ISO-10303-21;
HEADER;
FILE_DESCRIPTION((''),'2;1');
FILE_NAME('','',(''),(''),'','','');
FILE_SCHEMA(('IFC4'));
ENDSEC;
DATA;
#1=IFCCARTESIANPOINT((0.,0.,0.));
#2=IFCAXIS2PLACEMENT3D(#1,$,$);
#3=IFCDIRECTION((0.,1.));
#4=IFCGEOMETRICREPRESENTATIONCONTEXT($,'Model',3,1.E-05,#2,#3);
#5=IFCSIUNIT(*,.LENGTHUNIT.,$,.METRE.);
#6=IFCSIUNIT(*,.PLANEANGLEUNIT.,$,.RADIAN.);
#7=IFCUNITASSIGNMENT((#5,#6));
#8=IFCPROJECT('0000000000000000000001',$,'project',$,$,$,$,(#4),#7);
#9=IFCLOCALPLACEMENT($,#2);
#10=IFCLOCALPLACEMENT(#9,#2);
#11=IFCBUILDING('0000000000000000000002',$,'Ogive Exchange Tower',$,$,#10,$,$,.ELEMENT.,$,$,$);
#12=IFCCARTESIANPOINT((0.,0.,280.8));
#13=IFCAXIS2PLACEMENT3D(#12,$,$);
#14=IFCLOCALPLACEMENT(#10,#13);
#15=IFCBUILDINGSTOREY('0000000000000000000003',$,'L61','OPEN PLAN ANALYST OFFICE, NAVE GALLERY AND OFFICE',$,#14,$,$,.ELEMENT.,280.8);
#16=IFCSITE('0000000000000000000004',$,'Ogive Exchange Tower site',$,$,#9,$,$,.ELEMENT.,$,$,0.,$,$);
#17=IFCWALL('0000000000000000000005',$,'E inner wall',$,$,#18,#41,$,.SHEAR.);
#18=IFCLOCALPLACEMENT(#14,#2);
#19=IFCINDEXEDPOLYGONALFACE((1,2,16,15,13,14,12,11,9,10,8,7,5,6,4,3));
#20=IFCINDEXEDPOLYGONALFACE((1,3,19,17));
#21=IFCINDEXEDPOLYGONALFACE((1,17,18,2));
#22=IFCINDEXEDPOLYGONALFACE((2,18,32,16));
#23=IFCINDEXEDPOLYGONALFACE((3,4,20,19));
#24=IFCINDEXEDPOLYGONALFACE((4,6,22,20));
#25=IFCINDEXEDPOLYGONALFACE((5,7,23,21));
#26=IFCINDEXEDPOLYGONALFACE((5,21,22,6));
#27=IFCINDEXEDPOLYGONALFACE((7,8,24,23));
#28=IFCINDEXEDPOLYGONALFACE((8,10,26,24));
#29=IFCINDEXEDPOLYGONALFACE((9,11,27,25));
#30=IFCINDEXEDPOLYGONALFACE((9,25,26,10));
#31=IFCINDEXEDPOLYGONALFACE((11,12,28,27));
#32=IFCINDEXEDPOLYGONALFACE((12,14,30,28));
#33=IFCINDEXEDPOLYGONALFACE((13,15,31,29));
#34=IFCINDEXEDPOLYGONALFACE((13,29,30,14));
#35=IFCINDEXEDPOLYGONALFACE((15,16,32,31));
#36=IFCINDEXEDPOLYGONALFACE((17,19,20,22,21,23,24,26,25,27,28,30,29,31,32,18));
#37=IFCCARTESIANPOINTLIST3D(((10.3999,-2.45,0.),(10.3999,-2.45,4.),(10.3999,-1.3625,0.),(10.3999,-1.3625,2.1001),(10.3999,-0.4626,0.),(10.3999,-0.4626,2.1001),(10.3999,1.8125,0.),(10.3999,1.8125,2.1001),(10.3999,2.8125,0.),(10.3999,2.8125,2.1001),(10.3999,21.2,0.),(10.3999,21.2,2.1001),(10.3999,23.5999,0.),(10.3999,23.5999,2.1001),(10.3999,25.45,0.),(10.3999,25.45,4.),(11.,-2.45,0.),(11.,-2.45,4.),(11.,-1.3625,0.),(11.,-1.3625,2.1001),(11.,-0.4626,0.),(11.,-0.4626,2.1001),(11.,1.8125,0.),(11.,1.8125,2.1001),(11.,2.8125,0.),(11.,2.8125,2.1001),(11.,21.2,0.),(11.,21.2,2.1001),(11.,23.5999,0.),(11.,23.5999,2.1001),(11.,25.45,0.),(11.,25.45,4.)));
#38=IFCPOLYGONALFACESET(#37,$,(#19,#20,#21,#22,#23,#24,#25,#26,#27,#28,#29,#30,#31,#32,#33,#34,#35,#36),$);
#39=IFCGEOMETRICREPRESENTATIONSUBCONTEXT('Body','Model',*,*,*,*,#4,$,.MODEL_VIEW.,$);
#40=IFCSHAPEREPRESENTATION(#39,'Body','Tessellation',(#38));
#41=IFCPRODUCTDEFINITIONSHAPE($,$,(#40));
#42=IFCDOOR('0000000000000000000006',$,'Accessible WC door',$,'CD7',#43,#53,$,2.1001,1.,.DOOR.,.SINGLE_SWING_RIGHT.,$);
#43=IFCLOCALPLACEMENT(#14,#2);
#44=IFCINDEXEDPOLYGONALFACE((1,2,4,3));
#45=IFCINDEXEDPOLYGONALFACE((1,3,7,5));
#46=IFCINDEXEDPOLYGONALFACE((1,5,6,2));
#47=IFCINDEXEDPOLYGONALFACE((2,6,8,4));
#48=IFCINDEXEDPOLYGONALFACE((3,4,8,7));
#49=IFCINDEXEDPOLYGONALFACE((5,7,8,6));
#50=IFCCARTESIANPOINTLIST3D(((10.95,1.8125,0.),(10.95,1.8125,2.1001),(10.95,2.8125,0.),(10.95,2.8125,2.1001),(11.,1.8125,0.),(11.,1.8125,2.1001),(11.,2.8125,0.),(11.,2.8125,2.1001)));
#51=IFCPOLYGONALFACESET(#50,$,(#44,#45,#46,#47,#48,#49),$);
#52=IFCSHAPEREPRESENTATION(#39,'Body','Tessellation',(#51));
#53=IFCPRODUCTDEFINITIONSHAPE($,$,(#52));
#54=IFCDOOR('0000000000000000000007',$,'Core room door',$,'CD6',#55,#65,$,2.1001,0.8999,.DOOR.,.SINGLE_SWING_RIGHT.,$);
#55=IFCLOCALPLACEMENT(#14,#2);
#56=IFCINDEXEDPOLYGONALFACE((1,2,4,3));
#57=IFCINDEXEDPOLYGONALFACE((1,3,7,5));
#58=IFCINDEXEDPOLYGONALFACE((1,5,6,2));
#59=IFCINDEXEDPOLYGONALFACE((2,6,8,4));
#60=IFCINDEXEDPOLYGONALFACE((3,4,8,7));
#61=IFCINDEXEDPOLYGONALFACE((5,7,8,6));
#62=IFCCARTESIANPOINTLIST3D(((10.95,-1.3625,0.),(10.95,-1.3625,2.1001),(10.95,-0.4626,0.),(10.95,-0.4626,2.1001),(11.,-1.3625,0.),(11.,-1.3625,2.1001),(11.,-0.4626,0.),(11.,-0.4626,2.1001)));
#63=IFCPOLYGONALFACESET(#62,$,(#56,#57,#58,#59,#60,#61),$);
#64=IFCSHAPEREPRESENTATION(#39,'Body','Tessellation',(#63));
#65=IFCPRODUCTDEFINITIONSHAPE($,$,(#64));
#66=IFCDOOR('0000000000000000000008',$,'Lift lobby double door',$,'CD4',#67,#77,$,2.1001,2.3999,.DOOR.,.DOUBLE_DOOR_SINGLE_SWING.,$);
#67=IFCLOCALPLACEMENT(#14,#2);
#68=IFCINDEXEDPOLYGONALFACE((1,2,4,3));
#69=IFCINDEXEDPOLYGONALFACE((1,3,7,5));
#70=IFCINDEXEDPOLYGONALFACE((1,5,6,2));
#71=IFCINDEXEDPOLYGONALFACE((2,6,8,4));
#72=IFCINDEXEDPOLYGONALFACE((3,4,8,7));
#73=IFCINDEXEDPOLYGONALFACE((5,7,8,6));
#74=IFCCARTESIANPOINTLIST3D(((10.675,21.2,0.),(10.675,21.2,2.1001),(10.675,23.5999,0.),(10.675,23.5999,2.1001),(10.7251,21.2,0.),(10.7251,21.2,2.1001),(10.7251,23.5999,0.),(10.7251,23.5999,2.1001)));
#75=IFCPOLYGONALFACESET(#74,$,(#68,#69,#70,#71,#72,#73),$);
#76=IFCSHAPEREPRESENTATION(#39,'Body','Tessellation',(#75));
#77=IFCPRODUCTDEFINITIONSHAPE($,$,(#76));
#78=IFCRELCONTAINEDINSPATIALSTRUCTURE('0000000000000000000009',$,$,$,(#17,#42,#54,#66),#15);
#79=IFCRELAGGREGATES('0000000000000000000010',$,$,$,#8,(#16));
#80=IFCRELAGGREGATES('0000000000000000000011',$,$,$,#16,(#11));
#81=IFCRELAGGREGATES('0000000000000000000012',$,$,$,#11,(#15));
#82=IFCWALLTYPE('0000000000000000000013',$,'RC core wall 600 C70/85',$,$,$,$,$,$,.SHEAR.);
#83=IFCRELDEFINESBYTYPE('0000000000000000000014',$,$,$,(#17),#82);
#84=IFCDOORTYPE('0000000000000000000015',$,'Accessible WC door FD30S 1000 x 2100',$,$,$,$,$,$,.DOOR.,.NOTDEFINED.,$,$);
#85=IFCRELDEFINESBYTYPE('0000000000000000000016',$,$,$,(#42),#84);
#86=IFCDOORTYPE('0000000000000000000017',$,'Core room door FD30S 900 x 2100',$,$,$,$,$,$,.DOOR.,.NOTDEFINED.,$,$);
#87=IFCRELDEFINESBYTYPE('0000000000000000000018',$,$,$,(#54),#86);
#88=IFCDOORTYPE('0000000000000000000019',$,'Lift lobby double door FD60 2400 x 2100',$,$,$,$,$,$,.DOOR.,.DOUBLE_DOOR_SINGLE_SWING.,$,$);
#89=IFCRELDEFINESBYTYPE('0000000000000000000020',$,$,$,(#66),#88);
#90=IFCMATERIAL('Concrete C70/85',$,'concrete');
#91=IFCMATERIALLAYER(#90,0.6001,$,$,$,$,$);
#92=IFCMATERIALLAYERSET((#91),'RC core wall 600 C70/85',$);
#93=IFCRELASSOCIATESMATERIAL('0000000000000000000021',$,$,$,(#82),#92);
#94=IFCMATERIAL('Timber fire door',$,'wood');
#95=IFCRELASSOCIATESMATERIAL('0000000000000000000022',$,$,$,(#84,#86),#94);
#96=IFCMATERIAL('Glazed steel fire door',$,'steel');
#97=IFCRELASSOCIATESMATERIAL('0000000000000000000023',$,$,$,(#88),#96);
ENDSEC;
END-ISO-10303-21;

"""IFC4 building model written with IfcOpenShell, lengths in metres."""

from ifc_helpers import new_model, si_unit, direction, frame, frame_2d, origin, place, context, subcontext, project, spatial, rectangle, extrude, material, layer, layer_set, type_object, element, fill, save


model = new_model("IFC4")

# Units and contexts
model_context = context("Model", 3, precision=1e-05, world=origin(), true_north=direction((0.0, 1.0)))
body_context = subcontext(model_context, "Body", "Model", "MODEL_VIEW")
ifc_project = project(units=[si_unit("LENGTHUNIT", "METRE"), si_unit("PLANEANGLEUNIT", "RADIAN")], contexts=[model_context])

# Site, building, storey
site_placement = place(None, origin())
site = spatial("IfcSite", under=ifc_project, at=site_placement, Name="Ogive Exchange Tower site", CompositionType="ELEMENT", RefElevation=0.0)
building_placement = place(site_placement, origin())
building = spatial("IfcBuilding", under=site, at=building_placement, Name="Ogive Exchange Tower", CompositionType="ELEMENT")
storey_placement = place(building_placement, frame((0.0, 0.0, 280.8)))
storey = spatial("IfcBuildingStorey", under=building, at=storey_placement, Name="L61", Description="OPEN PLAN ANALYST OFFICE, NAVE GALLERY AND OFFICE", CompositionType="ELEMENT", Elevation=280.8)

# Shared definitions
ifc_material_1 = material(Name="Concrete C70/85", Category="concrete")

# Wall, openings, doors
ifc_layer_1 = layer(ifc_material_1, 0.6001)
ifc_layer_set_1 = layer_set([ifc_layer_1], Name="RC core wall 600 C70/85")
wall_type_1 = type_object("IfcWallType", Name="RC core wall 600 C70/85", PredefinedType="SHEAR", material=ifc_layer_set_1)
wall_1_placement = place(storey_placement, frame((10.7, -2.45, 0.0), z_axis=(0.0, 0.0, 1.0), x_axis=(0.0, 1.0, 0.0)))
wall_1 = element("IfcWall", 1, at=wall_1_placement, inside=storey, type_object=wall_type_1, Name="E inner wall", PredefinedType="SHEAR", context=body_context, shape_type="SweptSolid", body=[
    extrude(rectangle(XDim=27.8999, YDim=0.6001, at=frame_2d((13.95, 0.0))), origin(), (0.0, 0.0, 1.0), 4.0),
])
opening_1_placement = place(wall_1_placement, frame((23.6499, 0.0, 0.0)))
opening_1 = element("IfcOpeningElement", 2, at=opening_1_placement, cuts=wall_1, PredefinedType="OPENING", context=body_context, shape_type="SweptSolid", body=[
    extrude(rectangle(XDim=2.3999, YDim=2.1001, at=frame_2d((1.2, 1.05))), frame((0.0, 0.3101, 0.0), z_axis=(0.0, -1.0, 0.0), x_axis=(1.0, 0.0, 0.0)), (0.0, 0.0, 1.0), 0.6201),
])
opening_2_placement = place(wall_1_placement, frame((1.0874, 0.0, 0.0)))
opening_2 = element("IfcOpeningElement", 3, at=opening_2_placement, cuts=wall_1, PredefinedType="OPENING", context=body_context, shape_type="SweptSolid", body=[
    extrude(rectangle(XDim=0.8999, YDim=2.1001, at=frame_2d((0.45, 1.05))), frame((0.0, 0.3101, 0.0), z_axis=(0.0, -1.0, 0.0), x_axis=(1.0, 0.0, 0.0)), (0.0, 0.0, 1.0), 0.6201),
])
opening_3_placement = place(wall_1_placement, frame((4.2625, 0.0, 0.0)))
opening_3 = element("IfcOpeningElement", 4, at=opening_3_placement, cuts=wall_1, PredefinedType="OPENING", context=body_context, shape_type="SweptSolid", body=[
    extrude(rectangle(XDim=1.0, YDim=2.1001, at=frame_2d((0.5, 1.05))), frame((0.0, 0.3101, 0.0), z_axis=(0.0, -1.0, 0.0), x_axis=(1.0, 0.0, 0.0)), (0.0, 0.0, 1.0), 0.6201),
])
ifc_material_2 = material(Name="Timber fire door", Category="wood")
door_type_1 = type_object("IfcDoorType", Name="Accessible WC door FD30S 1000 x 2100", OperationType="NOTDEFINED", PredefinedType="DOOR", material=ifc_material_2)
door_1_placement = place(opening_3_placement, origin())
door_1 = element("IfcDoor", 5, at=door_1_placement, inside=storey, type_object=door_type_1, Name="Accessible WC door", ObjectType="CD7", OperationType="SINGLE_SWING_RIGHT", OverallHeight=2.1001, OverallWidth=1.0, PredefinedType="DOOR", context=body_context, shape_type="SweptSolid", body=[
    extrude(rectangle(XDim=1.0, YDim=2.1001, at=frame_2d((0.5, 1.05))), frame((0.0, -0.25, 0.0), z_axis=(0.0, -1.0, 0.0), x_axis=(1.0, 0.0, 0.0)), (0.0, 0.0, 1.0), 0.05),
])
fill(opening_3, door_1)
door_type_2 = type_object("IfcDoorType", Name="Core room door FD30S 900 x 2100", OperationType="NOTDEFINED", PredefinedType="DOOR", material=ifc_material_2)
door_2_placement = place(opening_2_placement, origin())
door_2 = element("IfcDoor", 6, at=door_2_placement, inside=storey, type_object=door_type_2, Name="Core room door", ObjectType="CD6", OperationType="SINGLE_SWING_RIGHT", OverallHeight=2.1001, OverallWidth=0.8999, PredefinedType="DOOR", context=body_context, shape_type="SweptSolid", body=[
    extrude(rectangle(XDim=0.8999, YDim=2.1001, at=frame_2d((0.45, 1.05))), frame((0.0, -0.25, 0.0), z_axis=(0.0, -1.0, 0.0), x_axis=(1.0, 0.0, 0.0)), (0.0, 0.0, 1.0), 0.05),
])
fill(opening_2, door_2)
ifc_material_3 = material(Name="Glazed steel fire door", Category="steel")
door_type_3 = type_object("IfcDoorType", Name="Lift lobby double door FD60 2400 x 2100", OperationType="DOUBLE_DOOR_SINGLE_SWING", PredefinedType="DOOR", material=ifc_material_3)
door_3_placement = place(opening_1_placement, origin())
door_3 = element("IfcDoor", 7, at=door_3_placement, inside=storey, type_object=door_type_3, Name="Lift lobby double door", ObjectType="CD4", OperationType="DOUBLE_DOOR_SINGLE_SWING", OverallHeight=2.1001, OverallWidth=2.3999, PredefinedType="DOOR", context=body_context, shape_type="SweptSolid", body=[
    extrude(rectangle(XDim=2.3999, YDim=2.1001, at=frame_2d((1.2, 1.05))), frame((0.0, 0.0249, 0.0), z_axis=(0.0, -1.0, 0.0), x_axis=(1.0, 0.0, 0.0)), (0.0, 0.0, 1.0), 0.05),
])
fill(opening_1, door_3)

save(model, "model.ifc")
